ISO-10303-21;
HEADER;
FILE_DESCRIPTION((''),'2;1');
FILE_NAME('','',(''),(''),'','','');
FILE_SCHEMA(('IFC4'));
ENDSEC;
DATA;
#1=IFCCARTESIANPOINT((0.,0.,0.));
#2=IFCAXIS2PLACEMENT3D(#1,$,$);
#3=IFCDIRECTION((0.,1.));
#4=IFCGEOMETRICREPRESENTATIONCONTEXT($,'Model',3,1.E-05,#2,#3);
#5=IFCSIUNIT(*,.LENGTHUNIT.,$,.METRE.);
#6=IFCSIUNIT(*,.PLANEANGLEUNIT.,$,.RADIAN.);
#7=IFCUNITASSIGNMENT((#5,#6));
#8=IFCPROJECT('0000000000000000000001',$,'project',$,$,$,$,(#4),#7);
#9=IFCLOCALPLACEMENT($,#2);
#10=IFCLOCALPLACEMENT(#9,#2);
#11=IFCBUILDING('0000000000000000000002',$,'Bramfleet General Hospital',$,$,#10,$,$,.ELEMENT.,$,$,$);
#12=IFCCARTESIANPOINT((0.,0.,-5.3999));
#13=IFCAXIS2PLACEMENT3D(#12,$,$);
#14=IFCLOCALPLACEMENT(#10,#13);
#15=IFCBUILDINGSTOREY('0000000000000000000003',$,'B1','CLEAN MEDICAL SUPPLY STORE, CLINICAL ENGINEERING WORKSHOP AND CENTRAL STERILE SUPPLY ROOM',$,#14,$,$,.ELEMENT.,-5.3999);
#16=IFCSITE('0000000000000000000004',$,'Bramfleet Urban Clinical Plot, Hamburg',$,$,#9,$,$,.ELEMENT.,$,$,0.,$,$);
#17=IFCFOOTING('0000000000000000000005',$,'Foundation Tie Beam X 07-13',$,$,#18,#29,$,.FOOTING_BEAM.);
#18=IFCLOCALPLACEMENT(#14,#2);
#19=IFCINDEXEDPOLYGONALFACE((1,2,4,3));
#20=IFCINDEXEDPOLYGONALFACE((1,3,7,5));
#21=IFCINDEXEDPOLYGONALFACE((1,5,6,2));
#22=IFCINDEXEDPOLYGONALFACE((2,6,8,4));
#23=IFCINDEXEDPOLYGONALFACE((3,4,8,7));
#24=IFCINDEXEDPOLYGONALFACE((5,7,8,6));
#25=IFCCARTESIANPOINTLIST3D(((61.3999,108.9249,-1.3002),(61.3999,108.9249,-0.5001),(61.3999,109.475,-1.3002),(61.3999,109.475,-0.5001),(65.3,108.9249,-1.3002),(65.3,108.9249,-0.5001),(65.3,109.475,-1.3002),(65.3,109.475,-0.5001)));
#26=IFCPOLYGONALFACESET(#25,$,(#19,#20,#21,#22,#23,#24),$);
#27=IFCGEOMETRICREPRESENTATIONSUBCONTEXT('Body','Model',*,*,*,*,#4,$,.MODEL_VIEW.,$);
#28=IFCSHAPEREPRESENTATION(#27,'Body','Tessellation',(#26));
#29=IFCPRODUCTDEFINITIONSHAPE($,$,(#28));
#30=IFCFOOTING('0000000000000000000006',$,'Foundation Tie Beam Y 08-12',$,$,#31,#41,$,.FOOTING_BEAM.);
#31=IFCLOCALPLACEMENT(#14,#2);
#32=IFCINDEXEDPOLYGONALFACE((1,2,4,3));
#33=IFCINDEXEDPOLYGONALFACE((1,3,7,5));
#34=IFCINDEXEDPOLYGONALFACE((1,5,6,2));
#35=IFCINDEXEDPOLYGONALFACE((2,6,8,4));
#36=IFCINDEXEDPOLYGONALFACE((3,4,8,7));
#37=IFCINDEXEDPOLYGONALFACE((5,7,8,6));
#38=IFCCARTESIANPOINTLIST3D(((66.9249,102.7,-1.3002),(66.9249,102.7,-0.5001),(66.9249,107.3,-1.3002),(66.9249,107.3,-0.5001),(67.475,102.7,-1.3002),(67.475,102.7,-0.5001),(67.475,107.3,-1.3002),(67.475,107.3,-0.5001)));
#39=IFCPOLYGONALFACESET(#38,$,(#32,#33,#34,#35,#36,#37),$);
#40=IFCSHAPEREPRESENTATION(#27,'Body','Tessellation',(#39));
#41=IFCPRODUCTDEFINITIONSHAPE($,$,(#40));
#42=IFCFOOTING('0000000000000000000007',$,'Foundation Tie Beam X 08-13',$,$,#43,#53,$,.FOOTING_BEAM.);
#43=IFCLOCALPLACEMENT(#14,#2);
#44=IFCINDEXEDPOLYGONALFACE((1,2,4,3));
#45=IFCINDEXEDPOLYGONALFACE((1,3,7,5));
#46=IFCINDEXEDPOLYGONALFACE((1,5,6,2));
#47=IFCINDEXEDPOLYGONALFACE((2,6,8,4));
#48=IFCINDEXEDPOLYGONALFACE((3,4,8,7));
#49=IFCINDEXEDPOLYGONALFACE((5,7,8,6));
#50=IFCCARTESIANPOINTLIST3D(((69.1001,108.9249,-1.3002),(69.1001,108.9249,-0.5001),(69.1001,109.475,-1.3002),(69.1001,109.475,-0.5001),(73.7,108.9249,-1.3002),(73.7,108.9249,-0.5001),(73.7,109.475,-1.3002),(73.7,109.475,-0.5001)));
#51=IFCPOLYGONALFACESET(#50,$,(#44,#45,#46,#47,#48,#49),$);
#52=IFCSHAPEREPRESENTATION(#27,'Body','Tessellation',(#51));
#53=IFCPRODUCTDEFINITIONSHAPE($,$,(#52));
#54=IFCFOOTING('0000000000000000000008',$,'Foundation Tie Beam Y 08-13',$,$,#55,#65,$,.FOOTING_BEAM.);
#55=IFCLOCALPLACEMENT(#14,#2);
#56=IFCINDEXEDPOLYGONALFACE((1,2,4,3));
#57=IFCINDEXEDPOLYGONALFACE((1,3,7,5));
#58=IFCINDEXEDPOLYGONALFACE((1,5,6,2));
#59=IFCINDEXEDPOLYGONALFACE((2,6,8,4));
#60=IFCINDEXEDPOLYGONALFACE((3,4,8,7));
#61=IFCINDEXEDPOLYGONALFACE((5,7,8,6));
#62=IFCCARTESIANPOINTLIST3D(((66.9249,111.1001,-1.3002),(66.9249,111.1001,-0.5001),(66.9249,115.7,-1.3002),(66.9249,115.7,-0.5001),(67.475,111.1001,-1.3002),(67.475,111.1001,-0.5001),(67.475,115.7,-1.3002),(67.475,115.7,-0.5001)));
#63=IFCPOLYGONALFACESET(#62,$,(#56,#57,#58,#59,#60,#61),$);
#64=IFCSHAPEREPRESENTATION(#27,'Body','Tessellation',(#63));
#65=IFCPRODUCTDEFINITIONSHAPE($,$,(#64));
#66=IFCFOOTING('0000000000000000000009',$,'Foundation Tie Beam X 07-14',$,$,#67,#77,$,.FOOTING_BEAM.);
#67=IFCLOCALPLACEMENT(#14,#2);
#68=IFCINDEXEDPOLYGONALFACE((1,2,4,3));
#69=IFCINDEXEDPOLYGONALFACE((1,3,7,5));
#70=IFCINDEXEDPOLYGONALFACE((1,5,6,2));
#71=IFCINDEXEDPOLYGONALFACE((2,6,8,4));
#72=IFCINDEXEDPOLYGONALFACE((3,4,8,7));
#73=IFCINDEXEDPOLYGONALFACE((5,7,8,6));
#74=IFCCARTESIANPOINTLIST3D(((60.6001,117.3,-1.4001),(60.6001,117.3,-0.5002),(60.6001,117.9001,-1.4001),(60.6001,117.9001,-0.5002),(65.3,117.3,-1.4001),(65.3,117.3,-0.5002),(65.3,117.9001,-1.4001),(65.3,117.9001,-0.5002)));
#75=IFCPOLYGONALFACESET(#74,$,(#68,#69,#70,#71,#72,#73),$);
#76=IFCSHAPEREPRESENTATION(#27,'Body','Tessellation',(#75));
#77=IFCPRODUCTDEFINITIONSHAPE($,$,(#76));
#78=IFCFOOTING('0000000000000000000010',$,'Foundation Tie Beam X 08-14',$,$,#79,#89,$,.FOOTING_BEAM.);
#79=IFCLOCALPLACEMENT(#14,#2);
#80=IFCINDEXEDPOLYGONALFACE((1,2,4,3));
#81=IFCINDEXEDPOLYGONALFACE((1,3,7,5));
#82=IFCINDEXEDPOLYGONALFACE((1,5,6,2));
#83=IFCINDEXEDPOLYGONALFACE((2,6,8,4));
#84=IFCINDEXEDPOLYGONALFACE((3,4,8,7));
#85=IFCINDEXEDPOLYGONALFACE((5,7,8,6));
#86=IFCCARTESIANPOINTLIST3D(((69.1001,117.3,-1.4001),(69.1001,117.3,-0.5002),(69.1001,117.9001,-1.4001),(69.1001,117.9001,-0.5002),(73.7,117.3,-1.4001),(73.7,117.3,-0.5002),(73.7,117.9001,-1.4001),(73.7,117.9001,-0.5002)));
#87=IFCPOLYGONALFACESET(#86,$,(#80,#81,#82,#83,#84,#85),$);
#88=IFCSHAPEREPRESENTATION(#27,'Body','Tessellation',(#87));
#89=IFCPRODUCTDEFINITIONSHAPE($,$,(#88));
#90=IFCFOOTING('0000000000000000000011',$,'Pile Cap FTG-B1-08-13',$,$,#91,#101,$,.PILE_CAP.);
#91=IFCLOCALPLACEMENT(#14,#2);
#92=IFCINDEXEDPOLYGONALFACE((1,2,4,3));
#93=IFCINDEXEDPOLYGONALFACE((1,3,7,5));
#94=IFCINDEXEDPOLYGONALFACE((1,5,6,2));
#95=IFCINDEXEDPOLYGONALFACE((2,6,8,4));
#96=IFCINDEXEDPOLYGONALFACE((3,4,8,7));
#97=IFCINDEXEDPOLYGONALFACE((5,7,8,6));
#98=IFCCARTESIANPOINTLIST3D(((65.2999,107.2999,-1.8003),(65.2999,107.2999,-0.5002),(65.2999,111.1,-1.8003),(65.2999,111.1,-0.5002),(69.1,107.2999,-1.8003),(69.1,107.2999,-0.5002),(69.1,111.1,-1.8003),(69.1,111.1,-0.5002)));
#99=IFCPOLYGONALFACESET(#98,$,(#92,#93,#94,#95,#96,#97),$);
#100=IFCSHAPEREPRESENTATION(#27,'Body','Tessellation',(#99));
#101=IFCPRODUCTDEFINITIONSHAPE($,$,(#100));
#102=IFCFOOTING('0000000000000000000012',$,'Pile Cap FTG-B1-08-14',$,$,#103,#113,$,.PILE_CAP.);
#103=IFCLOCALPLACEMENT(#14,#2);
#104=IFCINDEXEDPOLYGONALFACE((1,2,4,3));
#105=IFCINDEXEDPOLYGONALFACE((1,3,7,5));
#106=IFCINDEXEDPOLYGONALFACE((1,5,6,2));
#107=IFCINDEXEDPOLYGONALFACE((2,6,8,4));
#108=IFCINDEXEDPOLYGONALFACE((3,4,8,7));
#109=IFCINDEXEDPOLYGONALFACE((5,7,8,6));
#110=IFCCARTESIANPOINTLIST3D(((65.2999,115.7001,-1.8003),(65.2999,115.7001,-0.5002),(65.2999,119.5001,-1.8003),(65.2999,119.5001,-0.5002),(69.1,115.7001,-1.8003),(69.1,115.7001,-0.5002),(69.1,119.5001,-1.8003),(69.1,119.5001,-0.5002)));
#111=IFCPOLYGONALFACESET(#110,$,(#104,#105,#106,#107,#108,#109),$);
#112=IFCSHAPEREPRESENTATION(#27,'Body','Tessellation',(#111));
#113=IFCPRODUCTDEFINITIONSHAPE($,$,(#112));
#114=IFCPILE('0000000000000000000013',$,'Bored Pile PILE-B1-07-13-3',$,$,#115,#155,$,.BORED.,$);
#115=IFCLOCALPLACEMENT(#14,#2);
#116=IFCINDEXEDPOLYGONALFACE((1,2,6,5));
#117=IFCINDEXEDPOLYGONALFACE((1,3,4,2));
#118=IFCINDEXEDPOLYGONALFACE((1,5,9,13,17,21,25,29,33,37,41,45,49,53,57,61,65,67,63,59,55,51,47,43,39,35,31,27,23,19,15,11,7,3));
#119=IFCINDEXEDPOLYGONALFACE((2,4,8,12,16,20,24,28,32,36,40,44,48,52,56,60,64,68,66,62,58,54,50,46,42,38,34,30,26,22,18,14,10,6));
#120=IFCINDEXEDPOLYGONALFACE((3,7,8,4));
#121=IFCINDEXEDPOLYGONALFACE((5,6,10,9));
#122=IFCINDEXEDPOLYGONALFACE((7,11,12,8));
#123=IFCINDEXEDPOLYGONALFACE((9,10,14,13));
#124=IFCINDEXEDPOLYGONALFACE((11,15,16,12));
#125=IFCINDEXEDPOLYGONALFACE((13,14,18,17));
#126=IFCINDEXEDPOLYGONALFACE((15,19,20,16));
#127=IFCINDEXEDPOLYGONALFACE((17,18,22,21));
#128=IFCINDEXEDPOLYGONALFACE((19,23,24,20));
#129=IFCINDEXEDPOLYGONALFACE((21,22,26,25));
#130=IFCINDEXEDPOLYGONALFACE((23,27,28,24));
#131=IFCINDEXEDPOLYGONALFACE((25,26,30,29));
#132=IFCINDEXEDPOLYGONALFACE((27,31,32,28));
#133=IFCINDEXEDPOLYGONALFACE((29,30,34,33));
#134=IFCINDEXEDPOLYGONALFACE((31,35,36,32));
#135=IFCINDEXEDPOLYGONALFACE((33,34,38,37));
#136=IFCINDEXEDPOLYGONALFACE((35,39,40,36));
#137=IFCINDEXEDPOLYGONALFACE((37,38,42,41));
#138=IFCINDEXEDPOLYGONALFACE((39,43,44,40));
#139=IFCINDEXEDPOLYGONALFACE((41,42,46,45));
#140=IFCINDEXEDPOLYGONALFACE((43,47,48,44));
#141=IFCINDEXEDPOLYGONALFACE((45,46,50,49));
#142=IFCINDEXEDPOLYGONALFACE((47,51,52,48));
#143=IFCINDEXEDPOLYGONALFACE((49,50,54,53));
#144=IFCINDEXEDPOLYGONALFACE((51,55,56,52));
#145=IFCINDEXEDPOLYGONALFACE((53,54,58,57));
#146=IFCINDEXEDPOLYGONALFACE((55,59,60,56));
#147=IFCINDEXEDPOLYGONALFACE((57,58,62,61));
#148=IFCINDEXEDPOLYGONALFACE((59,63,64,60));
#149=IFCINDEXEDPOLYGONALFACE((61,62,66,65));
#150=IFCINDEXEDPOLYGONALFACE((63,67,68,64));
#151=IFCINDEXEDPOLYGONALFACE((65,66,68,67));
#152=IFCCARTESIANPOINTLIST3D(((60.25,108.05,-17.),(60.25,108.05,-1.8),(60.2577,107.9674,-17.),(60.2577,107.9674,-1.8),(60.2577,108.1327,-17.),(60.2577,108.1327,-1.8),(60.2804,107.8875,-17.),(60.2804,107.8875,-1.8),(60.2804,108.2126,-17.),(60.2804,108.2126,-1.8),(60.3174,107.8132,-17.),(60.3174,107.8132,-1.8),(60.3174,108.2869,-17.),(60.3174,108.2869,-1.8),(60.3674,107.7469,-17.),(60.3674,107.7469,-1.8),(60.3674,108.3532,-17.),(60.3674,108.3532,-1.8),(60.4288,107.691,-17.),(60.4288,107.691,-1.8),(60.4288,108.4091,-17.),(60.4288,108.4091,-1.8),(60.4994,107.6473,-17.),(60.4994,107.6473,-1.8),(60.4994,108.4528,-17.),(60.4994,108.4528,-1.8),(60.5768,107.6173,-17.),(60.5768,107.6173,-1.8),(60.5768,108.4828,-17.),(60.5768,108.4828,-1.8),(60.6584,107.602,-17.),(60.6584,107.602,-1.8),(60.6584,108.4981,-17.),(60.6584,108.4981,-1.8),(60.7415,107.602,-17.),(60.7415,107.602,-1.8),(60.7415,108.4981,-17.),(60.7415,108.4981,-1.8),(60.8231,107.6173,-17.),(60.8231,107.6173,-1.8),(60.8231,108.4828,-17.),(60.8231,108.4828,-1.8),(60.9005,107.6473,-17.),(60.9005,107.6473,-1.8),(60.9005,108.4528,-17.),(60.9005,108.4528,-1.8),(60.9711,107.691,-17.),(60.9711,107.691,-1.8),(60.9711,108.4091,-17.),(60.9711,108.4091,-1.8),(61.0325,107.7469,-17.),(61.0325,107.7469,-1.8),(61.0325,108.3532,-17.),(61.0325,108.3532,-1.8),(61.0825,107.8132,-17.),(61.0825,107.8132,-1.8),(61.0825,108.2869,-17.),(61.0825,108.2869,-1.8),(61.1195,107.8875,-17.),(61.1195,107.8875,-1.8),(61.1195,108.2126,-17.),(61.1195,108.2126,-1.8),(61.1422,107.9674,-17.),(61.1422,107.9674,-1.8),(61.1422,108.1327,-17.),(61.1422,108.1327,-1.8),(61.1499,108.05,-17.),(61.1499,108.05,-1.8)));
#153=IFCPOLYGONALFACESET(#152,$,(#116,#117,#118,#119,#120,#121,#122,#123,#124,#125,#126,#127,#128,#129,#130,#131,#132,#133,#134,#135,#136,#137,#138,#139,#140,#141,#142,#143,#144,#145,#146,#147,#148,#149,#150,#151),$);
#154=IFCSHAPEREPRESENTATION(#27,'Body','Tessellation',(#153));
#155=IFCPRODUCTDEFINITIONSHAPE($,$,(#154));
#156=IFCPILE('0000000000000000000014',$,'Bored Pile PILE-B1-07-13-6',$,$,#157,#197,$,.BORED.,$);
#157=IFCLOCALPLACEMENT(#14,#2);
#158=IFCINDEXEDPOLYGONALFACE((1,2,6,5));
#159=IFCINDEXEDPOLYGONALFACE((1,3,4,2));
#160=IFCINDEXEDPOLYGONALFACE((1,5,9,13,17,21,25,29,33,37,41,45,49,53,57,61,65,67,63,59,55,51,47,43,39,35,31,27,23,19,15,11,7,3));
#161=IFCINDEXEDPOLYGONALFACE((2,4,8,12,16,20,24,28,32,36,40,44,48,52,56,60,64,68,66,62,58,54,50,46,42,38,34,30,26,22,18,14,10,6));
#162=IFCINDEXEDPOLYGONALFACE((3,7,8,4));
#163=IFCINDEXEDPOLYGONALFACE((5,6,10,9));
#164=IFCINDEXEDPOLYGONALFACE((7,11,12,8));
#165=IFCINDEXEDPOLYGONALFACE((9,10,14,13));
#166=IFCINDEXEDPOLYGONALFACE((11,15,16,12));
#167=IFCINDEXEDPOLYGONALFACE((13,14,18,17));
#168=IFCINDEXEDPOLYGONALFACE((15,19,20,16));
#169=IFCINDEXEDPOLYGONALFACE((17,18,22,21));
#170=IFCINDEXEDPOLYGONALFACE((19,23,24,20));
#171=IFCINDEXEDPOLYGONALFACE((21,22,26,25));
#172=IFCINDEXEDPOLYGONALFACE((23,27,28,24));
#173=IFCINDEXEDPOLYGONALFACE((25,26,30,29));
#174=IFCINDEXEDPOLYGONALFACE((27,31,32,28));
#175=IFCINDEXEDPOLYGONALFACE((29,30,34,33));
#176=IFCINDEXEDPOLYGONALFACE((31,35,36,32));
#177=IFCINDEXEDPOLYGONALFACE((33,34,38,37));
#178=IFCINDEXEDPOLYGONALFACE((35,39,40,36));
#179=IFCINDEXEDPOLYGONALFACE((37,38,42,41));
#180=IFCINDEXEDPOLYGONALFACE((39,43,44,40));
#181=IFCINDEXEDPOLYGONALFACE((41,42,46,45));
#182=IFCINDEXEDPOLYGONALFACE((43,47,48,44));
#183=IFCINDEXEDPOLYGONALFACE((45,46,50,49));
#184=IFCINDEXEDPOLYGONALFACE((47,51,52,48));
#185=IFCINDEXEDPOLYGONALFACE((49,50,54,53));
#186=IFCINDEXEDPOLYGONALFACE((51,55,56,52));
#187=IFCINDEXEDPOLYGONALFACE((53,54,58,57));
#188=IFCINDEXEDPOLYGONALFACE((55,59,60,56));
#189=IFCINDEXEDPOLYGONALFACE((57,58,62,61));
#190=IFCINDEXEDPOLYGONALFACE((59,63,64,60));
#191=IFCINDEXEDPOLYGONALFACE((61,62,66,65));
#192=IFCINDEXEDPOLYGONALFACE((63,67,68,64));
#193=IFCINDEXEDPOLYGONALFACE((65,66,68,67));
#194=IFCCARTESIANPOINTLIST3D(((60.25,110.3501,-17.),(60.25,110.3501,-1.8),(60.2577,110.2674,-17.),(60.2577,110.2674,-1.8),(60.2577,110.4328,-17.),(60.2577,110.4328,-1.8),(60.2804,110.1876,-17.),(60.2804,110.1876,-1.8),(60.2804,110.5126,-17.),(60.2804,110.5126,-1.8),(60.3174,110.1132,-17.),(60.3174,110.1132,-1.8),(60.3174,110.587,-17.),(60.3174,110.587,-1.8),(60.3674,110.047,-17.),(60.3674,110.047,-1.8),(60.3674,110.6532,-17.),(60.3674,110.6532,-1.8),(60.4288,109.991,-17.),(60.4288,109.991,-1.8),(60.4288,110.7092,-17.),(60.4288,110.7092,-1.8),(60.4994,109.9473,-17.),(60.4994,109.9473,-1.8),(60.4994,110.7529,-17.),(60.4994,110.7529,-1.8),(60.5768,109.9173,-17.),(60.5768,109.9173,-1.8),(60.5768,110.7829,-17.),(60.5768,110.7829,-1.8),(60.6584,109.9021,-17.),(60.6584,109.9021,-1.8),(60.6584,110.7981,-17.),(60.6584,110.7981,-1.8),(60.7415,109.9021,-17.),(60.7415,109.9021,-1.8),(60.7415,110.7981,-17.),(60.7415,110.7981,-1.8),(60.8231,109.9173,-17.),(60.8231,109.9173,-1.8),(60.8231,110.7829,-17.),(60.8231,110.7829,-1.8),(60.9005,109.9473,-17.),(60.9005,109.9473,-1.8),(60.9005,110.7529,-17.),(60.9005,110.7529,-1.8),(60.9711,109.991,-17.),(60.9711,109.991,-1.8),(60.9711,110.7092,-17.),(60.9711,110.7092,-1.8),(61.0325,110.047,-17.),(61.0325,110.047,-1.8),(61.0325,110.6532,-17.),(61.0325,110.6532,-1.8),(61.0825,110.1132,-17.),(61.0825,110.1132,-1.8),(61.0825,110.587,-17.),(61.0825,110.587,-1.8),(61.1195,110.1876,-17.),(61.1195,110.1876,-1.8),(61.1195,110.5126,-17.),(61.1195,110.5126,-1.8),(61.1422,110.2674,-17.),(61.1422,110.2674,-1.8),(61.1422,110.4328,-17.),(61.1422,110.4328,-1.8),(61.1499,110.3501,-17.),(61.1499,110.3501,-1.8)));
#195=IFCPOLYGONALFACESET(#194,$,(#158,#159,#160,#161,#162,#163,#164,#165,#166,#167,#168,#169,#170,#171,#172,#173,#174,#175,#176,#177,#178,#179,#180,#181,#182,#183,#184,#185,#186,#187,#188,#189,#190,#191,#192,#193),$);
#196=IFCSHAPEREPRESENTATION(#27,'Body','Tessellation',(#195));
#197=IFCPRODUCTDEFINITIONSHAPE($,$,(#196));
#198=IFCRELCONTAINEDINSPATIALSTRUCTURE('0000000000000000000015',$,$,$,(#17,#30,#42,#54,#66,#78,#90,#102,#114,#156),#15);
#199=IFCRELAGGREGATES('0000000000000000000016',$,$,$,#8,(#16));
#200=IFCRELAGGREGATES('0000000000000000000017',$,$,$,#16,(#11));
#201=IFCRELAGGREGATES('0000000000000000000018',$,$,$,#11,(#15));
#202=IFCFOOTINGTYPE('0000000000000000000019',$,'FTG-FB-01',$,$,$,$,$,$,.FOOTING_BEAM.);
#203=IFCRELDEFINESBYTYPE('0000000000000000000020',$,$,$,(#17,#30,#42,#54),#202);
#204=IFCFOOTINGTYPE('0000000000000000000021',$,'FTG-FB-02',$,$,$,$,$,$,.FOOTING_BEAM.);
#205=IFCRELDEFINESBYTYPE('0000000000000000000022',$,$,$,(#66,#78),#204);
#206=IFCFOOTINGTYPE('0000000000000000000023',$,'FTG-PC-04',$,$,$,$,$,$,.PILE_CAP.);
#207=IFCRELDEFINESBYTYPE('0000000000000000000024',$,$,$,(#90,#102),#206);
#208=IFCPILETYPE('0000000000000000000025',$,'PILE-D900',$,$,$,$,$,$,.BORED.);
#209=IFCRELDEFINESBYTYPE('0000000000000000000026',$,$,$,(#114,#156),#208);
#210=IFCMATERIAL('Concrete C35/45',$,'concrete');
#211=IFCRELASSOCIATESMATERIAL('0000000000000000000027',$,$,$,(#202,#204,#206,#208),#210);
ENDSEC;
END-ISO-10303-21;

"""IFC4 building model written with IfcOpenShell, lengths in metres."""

from ifc_helpers import new_model, si_unit, direction, frame, origin, origin_2d, place, context, subcontext, project, spatial, rectangle, circle, extrude, material, material_profile, profile_set, type_object, element, save


model = new_model("IFC4")

# Units and contexts
model_context = context("Model", 3, precision=1e-05, world=origin(), true_north=direction((0.0, 1.0)))
body_context = subcontext(model_context, "Body", "Model", "MODEL_VIEW")
ifc_project = project(units=[si_unit("LENGTHUNIT", "METRE"), si_unit("PLANEANGLEUNIT", "RADIAN")], contexts=[model_context])

# Site, building, storey
site_placement = place(None, origin())
site = spatial("IfcSite", under=ifc_project, at=site_placement, Name="Bramfleet Urban Clinical Plot, Hamburg", CompositionType="ELEMENT", RefElevation=0.0)
building_placement = place(site_placement, origin())
building = spatial("IfcBuilding", under=site, at=building_placement, Name="Bramfleet General Hospital", CompositionType="ELEMENT")
storey_placement = place(building_placement, frame((0.0, 0.0, -5.3999)))
storey = spatial("IfcBuildingStorey", under=building, at=storey_placement, Name="B1", Description="CLEAN MEDICAL SUPPLY STORE, CLINICAL ENGINEERING WORKSHOP AND CENTRAL STERILE SUPPLY ROOM", CompositionType="ELEMENT", Elevation=-5.3999)

# Footings
ifc_material_1 = material(Name="Concrete C35/45", Category="concrete")
ifc_material_profile_1 = material_profile(ifc_material_1, rectangle(XDim=0.55, YDim=0.8, at=origin_2d()), Name="RC FB 800x550")
ifc_profile_set_1 = profile_set([ifc_material_profile_1], Name="Concrete C35/45")
footing_type_1 = type_object("IfcFootingType", Name="FTG-FB-01", PredefinedType="FOOTING_BEAM", material=ifc_profile_set_1)
footing_1_placement = place(storey_placement, frame((61.3999, 109.2, -0.9001), z_axis=(1.0, 0.0, 0.0), x_axis=(0.0, 1.0, 0.0)))
element("IfcFooting", 1, at=footing_1_placement, inside=storey, type_object=footing_type_1, Name="Foundation Tie Beam X 07-13", PredefinedType="FOOTING_BEAM", context=body_context, shape_type="SweptSolid", body=[
    extrude(rectangle(XDim=0.55, YDim=0.8, at=origin_2d()), origin(), (0.0, 0.0, 1.0), 3.9001),
])
footing_2_placement = place(storey_placement, frame((67.2, 102.7, -0.9001), z_axis=(0.0, 1.0, 0.0), x_axis=(-1.0, 0.0, 0.0)))
element("IfcFooting", 2, at=footing_2_placement, inside=storey, type_object=footing_type_1, Name="Foundation Tie Beam Y 08-12", PredefinedType="FOOTING_BEAM", context=body_context, shape_type="SweptSolid", body=[
    extrude(rectangle(XDim=0.55, YDim=0.8, at=origin_2d()), origin(), (0.0, 0.0, 1.0), 4.6001),
])
for number, where, z_axis, x_axis, name in (
    (3, (69.1001, 109.2, -0.9001), (1.0, 0.0, 0.0), (0.0, 1.0, 0.0), "Foundation Tie Beam X 08-13"),
    (4, (67.2, 111.1001, -0.9001), (0.0, 1.0, 0.0), (-1.0, 0.0, 0.0), "Foundation Tie Beam Y 08-13"),
):
    element("IfcFooting", number, at=place(storey_placement, frame(where, z_axis=z_axis, x_axis=x_axis)), inside=storey, type_object=footing_type_1, Name=name, PredefinedType="FOOTING_BEAM", context=body_context, shape_type="SweptSolid", body=[
        extrude(rectangle(XDim=0.55, YDim=0.8, at=origin_2d()), origin(), (0.0, 0.0, 1.0), 4.5999),
    ])
ifc_material_profile_2 = material_profile(ifc_material_1, rectangle(XDim=0.6001, YDim=0.8999, at=origin_2d()), Name="RC FB 900x600")
ifc_profile_set_2 = profile_set([ifc_material_profile_2], Name="Concrete C35/45")
footing_type_2 = type_object("IfcFootingType", Name="FTG-FB-02", PredefinedType="FOOTING_BEAM", material=ifc_profile_set_2)
footing_3_placement = place(storey_placement, frame((60.6001, 117.6001, -0.9502), z_axis=(1.0, 0.0, 0.0), x_axis=(0.0, 1.0, 0.0)))
element("IfcFooting", 5, at=footing_3_placement, inside=storey, type_object=footing_type_2, Name="Foundation Tie Beam X 07-14", PredefinedType="FOOTING_BEAM", context=body_context, shape_type="SweptSolid", body=[
    extrude(rectangle(XDim=0.6001, YDim=0.8999, at=origin_2d()), origin(), (0.0, 0.0, 1.0), 4.7),
])
footing_4_placement = place(storey_placement, frame((69.1001, 117.6001, -0.9502), z_axis=(1.0, 0.0, 0.0), x_axis=(0.0, 1.0, 0.0)))
element("IfcFooting", 6, at=footing_4_placement, inside=storey, type_object=footing_type_2, Name="Foundation Tie Beam X 08-14", PredefinedType="FOOTING_BEAM", context=body_context, shape_type="SweptSolid", body=[
    extrude(rectangle(XDim=0.6001, YDim=0.8999, at=origin_2d()), origin(), (0.0, 0.0, 1.0), 4.5999),
])
footing_type_3 = type_object("IfcFootingType", Name="FTG-PC-04", PredefinedType="PILE_CAP", material=ifc_material_1)
for number, where, z_axis, x_axis, name in (
    (7, (67.2, 109.2, -1.8003), (0.0, 0.0, 1.0), (1.0, 0.0, 0.0), "Pile Cap FTG-B1-08-13"),
    (8, (67.2, 117.6001, -1.8003), (0.0, 0.0, 1.0), (1.0, 0.0, 0.0), "Pile Cap FTG-B1-08-14"),
):
    element("IfcFooting", number, at=place(storey_placement, frame(where, z_axis=z_axis, x_axis=x_axis)), inside=storey, type_object=footing_type_3, Name=name, PredefinedType="PILE_CAP", context=body_context, shape_type="SweptSolid", body=[
        extrude(rectangle(XDim=3.8, YDim=3.8, at=origin_2d()), origin(), (0.0, 0.0, 1.0), 1.3),
    ])

# Piles
ifc_material_profile_3 = material_profile(ifc_material_1, circle(Radius=0.45, at=origin_2d()), Name="PILE BORED D900")
ifc_profile_set_3 = profile_set([ifc_material_profile_3], Name="Concrete C35/45")
pile_type = type_object("IfcPileType", Name="PILE-D900", PredefinedType="BORED", material=ifc_profile_set_3)
for number, where, z_axis, x_axis, name in (
    (9, (60.7, 108.05, -1.8), (0.0, 0.0, -1.0), (1.0, 0.0, 0.0), "Bored Pile PILE-B1-07-13-3"),
    (10, (60.7, 110.3501, -1.8), (0.0, 0.0, -1.0), (1.0, 0.0, 0.0), "Bored Pile PILE-B1-07-13-6"),
):
    element("IfcPile", number, at=place(storey_placement, frame(where, z_axis=z_axis, x_axis=x_axis)), inside=storey, type_object=pile_type, Name=name, PredefinedType="BORED", context=body_context, shape_type="SweptSolid", body=[
        extrude(circle(Radius=0.45, at=origin_2d()), origin(), (0.0, 0.0, 1.0), 15.2),
    ])

save(model, "model.ifc")
